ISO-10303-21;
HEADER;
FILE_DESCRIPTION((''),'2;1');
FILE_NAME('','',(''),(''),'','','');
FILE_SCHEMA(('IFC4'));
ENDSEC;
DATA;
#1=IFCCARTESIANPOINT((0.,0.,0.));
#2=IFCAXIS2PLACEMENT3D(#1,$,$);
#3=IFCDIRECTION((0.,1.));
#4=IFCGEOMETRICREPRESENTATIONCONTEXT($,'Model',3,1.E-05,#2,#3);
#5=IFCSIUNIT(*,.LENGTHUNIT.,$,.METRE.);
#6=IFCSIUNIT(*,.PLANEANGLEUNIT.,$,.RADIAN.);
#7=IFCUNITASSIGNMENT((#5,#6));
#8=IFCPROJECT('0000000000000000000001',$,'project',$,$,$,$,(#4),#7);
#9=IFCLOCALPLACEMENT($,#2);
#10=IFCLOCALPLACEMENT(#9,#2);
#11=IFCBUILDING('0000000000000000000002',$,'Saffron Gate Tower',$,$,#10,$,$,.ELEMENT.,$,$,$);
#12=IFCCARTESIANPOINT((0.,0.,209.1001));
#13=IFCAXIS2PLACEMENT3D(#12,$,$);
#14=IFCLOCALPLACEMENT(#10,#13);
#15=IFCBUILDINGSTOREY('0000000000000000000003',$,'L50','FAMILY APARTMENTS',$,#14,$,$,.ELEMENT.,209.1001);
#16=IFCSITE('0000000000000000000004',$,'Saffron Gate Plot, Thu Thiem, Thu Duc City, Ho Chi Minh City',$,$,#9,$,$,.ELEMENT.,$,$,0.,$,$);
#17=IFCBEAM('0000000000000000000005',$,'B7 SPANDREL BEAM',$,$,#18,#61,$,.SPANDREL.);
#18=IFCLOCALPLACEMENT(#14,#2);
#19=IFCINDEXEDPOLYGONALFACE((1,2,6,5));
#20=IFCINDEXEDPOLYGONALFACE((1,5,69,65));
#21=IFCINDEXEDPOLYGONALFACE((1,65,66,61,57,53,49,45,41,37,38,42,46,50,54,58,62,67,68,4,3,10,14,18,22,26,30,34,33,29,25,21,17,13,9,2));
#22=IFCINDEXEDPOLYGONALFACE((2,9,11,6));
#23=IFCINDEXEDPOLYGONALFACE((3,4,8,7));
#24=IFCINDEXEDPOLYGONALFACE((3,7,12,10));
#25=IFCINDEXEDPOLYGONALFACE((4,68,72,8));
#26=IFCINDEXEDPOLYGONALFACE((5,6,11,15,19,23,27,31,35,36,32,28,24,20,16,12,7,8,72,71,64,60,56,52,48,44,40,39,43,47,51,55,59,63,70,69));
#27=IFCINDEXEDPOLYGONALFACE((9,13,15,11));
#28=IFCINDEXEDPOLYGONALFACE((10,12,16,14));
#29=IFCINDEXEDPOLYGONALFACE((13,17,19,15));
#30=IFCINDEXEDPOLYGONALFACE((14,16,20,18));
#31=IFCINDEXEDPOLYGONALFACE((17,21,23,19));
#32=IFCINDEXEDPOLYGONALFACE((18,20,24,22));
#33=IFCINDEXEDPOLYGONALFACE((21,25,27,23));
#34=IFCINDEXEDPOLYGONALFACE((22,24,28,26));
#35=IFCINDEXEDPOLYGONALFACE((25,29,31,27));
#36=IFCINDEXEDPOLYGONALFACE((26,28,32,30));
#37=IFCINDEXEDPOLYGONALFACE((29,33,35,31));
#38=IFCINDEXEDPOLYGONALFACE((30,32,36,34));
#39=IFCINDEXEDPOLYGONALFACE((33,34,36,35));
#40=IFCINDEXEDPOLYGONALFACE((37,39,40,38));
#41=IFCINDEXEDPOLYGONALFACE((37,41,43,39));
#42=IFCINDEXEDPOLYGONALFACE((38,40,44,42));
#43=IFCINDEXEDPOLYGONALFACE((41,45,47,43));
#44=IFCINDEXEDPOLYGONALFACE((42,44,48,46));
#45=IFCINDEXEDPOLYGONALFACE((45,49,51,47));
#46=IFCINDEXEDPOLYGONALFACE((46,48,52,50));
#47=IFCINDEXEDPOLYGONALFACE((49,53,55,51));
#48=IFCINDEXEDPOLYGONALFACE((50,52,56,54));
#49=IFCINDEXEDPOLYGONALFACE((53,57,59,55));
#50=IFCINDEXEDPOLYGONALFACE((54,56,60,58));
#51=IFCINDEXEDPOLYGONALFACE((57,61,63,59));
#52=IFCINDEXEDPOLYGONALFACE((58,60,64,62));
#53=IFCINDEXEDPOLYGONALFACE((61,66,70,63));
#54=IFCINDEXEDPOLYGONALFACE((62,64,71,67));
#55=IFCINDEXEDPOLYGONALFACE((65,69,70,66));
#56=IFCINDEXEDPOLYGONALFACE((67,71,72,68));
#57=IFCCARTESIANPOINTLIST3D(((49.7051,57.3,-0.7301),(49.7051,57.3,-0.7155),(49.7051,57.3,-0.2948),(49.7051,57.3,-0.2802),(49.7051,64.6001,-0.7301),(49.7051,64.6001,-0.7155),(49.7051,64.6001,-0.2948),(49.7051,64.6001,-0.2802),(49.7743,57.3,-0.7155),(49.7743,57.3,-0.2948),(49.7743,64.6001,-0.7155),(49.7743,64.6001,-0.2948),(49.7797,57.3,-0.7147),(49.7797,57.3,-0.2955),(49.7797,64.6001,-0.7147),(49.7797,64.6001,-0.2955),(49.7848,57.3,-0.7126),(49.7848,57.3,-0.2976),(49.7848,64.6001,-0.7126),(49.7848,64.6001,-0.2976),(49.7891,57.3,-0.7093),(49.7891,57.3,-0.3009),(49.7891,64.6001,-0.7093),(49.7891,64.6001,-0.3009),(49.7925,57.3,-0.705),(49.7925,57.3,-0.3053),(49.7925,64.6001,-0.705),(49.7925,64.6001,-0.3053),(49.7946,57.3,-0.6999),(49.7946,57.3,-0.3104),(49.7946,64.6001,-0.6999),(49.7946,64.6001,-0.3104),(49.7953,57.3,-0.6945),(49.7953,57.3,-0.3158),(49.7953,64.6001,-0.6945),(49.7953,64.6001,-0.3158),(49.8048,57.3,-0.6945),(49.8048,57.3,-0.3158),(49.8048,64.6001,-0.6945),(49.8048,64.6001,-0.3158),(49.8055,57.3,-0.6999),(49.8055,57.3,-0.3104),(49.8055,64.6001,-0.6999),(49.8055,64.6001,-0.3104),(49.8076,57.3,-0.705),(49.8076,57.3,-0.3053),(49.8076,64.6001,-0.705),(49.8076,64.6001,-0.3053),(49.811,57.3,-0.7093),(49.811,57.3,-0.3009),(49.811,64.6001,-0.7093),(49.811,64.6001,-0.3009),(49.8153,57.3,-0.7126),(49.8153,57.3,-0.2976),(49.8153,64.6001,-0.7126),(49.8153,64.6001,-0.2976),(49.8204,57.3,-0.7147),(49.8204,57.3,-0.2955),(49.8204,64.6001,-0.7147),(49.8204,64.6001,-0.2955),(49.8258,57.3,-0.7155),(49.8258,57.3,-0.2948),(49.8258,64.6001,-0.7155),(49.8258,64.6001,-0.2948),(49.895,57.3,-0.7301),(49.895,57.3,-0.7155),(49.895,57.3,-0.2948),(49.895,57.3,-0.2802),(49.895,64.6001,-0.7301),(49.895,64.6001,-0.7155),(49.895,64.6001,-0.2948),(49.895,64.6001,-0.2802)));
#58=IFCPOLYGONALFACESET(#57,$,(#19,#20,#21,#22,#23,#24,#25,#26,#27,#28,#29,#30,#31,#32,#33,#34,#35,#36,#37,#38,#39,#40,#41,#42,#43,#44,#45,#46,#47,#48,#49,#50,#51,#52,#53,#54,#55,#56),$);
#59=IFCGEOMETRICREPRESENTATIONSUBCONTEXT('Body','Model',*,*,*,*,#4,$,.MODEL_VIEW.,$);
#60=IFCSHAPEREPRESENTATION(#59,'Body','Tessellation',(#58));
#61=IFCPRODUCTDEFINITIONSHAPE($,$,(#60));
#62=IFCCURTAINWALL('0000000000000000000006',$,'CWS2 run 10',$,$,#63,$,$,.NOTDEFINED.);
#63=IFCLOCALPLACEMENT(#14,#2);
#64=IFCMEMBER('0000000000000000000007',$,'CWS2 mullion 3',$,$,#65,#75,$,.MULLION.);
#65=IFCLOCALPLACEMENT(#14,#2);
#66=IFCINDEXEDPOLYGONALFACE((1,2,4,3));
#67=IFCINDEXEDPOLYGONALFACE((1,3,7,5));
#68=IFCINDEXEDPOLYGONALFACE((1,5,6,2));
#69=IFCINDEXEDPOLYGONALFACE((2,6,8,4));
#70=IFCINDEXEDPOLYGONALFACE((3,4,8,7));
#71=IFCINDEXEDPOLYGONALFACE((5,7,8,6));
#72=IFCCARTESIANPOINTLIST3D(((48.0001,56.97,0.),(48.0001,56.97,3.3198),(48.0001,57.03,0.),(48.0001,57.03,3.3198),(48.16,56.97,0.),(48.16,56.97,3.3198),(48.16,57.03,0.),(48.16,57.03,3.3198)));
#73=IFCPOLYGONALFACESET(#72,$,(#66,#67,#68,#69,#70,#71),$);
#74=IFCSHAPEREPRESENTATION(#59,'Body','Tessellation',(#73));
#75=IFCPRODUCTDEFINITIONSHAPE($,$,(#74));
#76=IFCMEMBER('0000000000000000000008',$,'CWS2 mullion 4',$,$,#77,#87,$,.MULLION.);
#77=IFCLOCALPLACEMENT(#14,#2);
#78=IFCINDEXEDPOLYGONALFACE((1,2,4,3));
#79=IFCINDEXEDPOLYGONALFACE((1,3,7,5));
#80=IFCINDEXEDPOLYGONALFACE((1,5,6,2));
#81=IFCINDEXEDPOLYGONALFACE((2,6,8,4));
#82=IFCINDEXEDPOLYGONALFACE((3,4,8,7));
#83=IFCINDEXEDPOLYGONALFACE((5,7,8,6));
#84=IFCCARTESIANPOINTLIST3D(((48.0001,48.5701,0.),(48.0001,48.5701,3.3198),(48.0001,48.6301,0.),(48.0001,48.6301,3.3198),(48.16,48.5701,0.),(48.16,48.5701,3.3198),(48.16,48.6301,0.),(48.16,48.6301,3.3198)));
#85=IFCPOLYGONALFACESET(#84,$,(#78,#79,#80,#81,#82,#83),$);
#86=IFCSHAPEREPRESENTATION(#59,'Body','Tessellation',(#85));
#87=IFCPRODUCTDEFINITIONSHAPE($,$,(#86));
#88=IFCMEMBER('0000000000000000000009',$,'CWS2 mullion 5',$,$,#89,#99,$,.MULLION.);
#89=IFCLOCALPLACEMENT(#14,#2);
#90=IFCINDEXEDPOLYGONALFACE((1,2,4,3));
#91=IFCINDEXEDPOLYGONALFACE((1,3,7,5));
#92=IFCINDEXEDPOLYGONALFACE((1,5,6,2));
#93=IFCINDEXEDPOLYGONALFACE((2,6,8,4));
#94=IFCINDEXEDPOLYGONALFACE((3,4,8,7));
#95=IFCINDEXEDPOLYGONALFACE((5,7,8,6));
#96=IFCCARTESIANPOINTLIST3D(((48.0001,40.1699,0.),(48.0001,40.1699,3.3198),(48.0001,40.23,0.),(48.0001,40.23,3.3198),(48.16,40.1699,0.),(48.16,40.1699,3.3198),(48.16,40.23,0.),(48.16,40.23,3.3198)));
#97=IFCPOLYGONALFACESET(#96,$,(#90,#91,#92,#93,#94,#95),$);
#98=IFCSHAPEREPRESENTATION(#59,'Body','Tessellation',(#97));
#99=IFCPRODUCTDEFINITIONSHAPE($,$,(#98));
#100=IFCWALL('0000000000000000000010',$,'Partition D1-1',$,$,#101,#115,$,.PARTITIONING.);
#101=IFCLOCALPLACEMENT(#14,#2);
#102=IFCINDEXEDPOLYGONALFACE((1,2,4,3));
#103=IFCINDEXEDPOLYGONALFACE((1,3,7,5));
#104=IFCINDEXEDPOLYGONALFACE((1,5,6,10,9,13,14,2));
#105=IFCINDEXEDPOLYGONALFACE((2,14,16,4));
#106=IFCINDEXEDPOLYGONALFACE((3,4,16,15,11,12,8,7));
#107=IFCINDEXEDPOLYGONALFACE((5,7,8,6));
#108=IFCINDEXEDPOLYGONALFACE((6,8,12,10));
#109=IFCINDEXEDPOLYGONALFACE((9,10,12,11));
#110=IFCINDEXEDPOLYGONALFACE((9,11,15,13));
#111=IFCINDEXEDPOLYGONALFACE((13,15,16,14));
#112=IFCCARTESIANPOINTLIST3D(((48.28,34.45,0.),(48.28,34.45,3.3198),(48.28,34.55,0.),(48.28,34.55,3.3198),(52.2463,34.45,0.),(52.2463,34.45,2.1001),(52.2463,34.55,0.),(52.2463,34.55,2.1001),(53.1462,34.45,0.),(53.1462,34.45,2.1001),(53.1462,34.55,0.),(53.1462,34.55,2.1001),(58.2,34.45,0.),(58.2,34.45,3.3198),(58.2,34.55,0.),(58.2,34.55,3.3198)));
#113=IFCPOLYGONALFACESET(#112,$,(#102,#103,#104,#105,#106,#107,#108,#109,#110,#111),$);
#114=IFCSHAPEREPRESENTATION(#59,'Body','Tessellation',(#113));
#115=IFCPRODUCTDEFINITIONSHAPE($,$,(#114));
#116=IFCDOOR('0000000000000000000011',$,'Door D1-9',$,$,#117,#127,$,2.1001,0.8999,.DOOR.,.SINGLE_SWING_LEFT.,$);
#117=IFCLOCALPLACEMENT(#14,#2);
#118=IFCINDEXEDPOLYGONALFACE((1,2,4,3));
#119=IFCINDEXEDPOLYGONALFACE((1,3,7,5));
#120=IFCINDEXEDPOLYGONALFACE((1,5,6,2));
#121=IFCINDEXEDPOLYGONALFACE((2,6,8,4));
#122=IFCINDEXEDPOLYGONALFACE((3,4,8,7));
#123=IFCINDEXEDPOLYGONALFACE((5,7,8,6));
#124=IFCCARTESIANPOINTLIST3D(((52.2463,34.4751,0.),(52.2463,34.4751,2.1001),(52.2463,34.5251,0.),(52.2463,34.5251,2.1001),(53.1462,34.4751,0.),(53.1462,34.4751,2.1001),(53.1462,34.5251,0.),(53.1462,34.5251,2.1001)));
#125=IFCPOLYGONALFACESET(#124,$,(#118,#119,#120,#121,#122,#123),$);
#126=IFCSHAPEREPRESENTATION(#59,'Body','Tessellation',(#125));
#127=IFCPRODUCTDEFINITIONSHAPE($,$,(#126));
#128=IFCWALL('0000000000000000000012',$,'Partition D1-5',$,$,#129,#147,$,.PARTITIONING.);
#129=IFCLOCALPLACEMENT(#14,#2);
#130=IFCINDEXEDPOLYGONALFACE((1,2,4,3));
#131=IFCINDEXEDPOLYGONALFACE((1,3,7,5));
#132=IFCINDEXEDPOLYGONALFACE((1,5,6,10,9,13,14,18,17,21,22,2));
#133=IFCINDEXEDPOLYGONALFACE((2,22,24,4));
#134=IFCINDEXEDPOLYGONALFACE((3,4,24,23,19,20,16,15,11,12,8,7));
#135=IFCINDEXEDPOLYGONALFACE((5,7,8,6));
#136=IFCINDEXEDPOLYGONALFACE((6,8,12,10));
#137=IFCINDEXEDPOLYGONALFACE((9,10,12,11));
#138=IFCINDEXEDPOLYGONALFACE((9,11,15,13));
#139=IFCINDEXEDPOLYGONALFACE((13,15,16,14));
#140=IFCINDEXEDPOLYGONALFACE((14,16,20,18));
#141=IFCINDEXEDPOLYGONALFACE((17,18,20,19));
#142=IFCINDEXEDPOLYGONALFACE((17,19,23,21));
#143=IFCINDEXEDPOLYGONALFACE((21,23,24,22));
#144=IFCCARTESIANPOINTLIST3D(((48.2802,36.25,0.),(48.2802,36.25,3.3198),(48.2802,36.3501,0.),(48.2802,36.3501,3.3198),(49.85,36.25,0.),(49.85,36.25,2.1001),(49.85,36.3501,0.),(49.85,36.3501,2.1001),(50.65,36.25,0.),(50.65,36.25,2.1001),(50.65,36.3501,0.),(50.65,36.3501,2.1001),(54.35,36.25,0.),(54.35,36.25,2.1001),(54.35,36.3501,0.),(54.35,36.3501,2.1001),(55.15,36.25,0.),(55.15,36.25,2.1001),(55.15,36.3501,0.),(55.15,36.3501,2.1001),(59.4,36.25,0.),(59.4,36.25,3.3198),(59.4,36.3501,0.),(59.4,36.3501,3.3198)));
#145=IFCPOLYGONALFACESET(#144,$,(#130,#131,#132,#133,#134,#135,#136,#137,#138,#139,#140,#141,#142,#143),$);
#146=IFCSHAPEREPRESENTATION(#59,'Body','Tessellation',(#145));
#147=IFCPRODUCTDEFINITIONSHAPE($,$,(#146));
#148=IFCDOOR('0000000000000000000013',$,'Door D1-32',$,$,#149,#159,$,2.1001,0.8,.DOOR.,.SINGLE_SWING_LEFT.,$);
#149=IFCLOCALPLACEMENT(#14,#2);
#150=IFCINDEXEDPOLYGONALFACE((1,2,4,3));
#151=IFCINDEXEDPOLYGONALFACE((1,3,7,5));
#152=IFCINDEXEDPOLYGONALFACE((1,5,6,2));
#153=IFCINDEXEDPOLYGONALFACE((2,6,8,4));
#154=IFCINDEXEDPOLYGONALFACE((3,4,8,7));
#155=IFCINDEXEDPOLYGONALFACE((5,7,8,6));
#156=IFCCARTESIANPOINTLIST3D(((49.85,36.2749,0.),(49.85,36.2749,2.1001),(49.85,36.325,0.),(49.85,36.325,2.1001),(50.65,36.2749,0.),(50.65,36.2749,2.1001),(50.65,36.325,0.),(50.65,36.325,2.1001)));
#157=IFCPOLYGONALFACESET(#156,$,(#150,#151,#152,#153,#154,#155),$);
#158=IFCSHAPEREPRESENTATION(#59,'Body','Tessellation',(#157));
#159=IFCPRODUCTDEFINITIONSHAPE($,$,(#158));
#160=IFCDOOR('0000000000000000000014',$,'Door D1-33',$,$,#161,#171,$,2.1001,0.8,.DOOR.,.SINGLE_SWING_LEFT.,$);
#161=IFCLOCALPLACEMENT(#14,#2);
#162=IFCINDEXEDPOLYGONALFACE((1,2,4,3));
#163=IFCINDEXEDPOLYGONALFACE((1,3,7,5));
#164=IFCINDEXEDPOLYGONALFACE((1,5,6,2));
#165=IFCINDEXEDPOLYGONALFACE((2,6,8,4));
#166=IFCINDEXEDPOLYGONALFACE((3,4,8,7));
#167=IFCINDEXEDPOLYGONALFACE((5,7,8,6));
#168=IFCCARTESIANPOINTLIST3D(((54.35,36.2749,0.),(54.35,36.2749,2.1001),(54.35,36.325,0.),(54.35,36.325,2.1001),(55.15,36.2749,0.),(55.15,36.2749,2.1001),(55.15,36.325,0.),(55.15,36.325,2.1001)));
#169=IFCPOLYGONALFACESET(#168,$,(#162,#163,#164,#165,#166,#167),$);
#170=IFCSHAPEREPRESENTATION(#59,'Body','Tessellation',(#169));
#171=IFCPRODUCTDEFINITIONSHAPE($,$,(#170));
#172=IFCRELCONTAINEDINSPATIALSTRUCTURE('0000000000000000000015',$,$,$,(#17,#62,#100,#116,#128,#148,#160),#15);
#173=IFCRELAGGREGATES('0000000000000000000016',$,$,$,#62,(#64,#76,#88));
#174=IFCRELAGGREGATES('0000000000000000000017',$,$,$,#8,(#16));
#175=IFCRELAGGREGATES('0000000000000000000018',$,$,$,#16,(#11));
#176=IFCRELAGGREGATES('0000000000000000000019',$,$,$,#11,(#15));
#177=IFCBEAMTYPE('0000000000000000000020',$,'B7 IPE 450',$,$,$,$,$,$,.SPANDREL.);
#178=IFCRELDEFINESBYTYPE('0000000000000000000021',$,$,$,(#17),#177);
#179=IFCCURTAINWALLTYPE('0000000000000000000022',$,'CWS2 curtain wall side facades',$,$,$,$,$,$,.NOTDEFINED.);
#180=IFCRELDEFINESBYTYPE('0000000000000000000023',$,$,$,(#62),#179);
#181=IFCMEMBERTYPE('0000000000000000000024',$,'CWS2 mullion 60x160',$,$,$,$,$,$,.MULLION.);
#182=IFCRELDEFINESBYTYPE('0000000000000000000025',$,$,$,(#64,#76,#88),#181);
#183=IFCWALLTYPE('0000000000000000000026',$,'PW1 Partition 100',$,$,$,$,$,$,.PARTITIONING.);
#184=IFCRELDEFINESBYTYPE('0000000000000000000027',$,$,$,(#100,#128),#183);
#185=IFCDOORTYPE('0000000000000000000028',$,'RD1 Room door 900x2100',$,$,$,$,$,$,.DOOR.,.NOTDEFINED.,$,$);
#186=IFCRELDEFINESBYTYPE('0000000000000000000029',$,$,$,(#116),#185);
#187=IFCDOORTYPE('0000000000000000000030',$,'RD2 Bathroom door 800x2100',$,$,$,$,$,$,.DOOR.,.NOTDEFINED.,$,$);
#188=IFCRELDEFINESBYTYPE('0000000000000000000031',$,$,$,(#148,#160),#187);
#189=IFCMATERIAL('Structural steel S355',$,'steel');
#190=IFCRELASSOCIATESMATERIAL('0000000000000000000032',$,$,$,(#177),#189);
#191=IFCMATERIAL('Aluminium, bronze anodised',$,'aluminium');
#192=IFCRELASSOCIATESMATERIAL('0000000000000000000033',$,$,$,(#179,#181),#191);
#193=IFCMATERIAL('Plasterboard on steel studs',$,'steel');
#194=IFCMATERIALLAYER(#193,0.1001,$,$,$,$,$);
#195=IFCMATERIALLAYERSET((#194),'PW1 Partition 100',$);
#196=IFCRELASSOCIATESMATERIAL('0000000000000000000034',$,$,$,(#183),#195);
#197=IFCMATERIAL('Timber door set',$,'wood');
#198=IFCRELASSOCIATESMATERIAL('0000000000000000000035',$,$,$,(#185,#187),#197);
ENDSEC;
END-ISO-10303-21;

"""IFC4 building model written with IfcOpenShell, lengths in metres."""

from ifc_helpers import new_model, si_unit, direction, frame, frame_2d, origin, origin_2d, place, context, subcontext, project, spatial, rectangle, i_section, extrude, material, layer, layer_set, material_profile, profile_set, type_object, element, fill, aggregate, save


model = new_model("IFC4")

# Units and contexts
model_context = context("Model", 3, precision=1e-05, world=origin(), true_north=direction((0.0, 1.0)))
body_context = subcontext(model_context, "Body", "Model", "MODEL_VIEW")
ifc_project = project(units=[si_unit("LENGTHUNIT", "METRE"), si_unit("PLANEANGLEUNIT", "RADIAN")], contexts=[model_context])

# Site, building, storey
site_placement = place(None, origin())
site = spatial("IfcSite", under=ifc_project, at=site_placement, Name="Saffron Gate Plot, Thu Thiem, Thu Duc City, Ho Chi Minh City", CompositionType="ELEMENT", RefElevation=0.0)
building_placement = place(site_placement, origin())
building = spatial("IfcBuilding", under=site, at=building_placement, Name="Saffron Gate Tower", CompositionType="ELEMENT")
storey_placement = place(building_placement, frame((0.0, 0.0, 209.1001)))
storey = spatial("IfcBuildingStorey", under=building, at=storey_placement, Name="L50", Description="FAMILY APARTMENTS", CompositionType="ELEMENT", Elevation=209.1001)

# Beam
ifc_material_1 = material(Name="Structural steel S355", Category="steel")
ifc_material_profile_1 = material_profile(ifc_material_1, i_section(OverallWidth=0.1899, OverallDepth=0.45, WebThickness=0.0095, FlangeThickness=0.0146, FilletRadius=0.021, at=origin_2d()))
ifc_profile_set_1 = profile_set([ifc_material_profile_1], Name="Structural steel S355")
beam_type = type_object("IfcBeamType", Name="B7 IPE 450", PredefinedType="SPANDREL", material=ifc_profile_set_1)
beam_1_placement = place(storey_placement, frame((49.8, 57.3, -0.5051), z_axis=(0.0, 1.0, 0.0), x_axis=(-1.0, 0.0, 0.0)))
element("IfcBeam", 1, at=beam_1_placement, inside=storey, type_object=beam_type, Name="B7 SPANDREL BEAM", PredefinedType="SPANDREL", context=body_context, shape_type="SweptSolid", body=[
    extrude(i_section(OverallWidth=0.1899, OverallDepth=0.45, WebThickness=0.0095, FlangeThickness=0.0146, FilletRadius=0.021, at=origin_2d()), origin(), (0.0, 0.0, 1.0), 7.3),
])

# Curtain wall, members
ifc_material_2 = material(Name="Aluminium, bronze anodised", Category="aluminium")
curtain_wall_type = type_object("IfcCurtainWallType", Name="CWS2 curtain wall side facades", PredefinedType="NOTDEFINED", material=ifc_material_2)
curtain_wall_placement = place(storey_placement, origin())
curtain_wall = element("IfcCurtainWall", 2, at=curtain_wall_placement, inside=storey, type_object=curtain_wall_type, Name="CWS2 run 10", PredefinedType="NOTDEFINED")
ifc_material_profile_2 = material_profile(ifc_material_2, rectangle(XDim=0.1599, YDim=0.0601, at=origin_2d()))
ifc_profile_set_2 = profile_set([ifc_material_profile_2], Name="Aluminium, bronze anodised")
member_type = type_object("IfcMemberType", Name="CWS2 mullion 60x160", PredefinedType="MULLION", material=ifc_profile_set_2)
member_1_placement = place(storey_placement, frame((48.0801, 57.0, 0.0), z_axis=(0.0, 0.0, 1.0), x_axis=(1.0, 0.0, 0.0)))
member_1 = element("IfcMember", 3, at=member_1_placement, type_object=member_type, Name="CWS2 mullion 3", PredefinedType="MULLION", context=body_context, shape_type="SweptSolid", body=[
    extrude(rectangle(XDim=0.1599, YDim=0.0601, at=origin_2d()), origin(), (0.0, 0.0, 1.0), 3.3198),
])
member_2_placement = place(storey_placement, frame((48.0801, 48.6001, 0.0), z_axis=(0.0, 0.0, 1.0), x_axis=(1.0, 0.0, 0.0)))
member_2 = element("IfcMember", 4, at=member_2_placement, type_object=member_type, Name="CWS2 mullion 4", PredefinedType="MULLION", context=body_context, shape_type="SweptSolid", body=[
    extrude(rectangle(XDim=0.1599, YDim=0.0601, at=origin_2d()), origin(), (0.0, 0.0, 1.0), 3.3198),
])
member_3_placement = place(storey_placement, frame((48.0801, 40.2, 0.0), z_axis=(0.0, 0.0, 1.0), x_axis=(1.0, 0.0, 0.0)))
member_3 = element("IfcMember", 5, at=member_3_placement, type_object=member_type, Name="CWS2 mullion 5", PredefinedType="MULLION", context=body_context, shape_type="SweptSolid", body=[
    extrude(rectangle(XDim=0.1599, YDim=0.0601, at=origin_2d()), origin(), (0.0, 0.0, 1.0), 3.3198),
])
aggregate(curtain_wall, [member_1, member_2, member_3])

# Wall, opening, door
ifc_material_3 = material(Name="Plasterboard on steel studs", Category="steel")
ifc_layer_1 = layer(ifc_material_3, 0.1001)
ifc_layer_set_1 = layer_set([ifc_layer_1], Name="PW1 Partition 100")
wall_type_1 = type_object("IfcWallType", Name="PW1 Partition 100", PredefinedType="PARTITIONING", material=ifc_layer_set_1)
wall_1_placement = place(storey_placement, frame((58.2, 34.5, 0.0), z_axis=(0.0, 0.0, 1.0), x_axis=(-1.0, 0.0, 0.0)))
wall_1 = element("IfcWall", 6, at=wall_1_placement, inside=storey, type_object=wall_type_1, Name="Partition D1-1", PredefinedType="PARTITIONING", context=body_context, shape_type="SweptSolid", body=[
    extrude(rectangle(XDim=9.9199, YDim=0.1001, at=frame_2d((4.96, 0.0))), origin(), (0.0, 0.0, 1.0), 3.3198),
])
opening_1_placement = place(wall_1_placement, frame((5.0537, 0.0, 0.0)))
opening_1 = element("IfcOpeningElement", 7, at=opening_1_placement, cuts=wall_1, PredefinedType="OPENING", context=body_context, shape_type="SweptSolid", body=[
    extrude(rectangle(XDim=0.8999, YDim=2.1001, at=frame_2d((0.45, 1.05))), frame((0.0, 0.0601, 0.0), z_axis=(0.0, -1.0, 0.0), x_axis=(1.0, 0.0, 0.0)), (0.0, 0.0, 1.0), 0.1201),
])
ifc_material_4 = material(Name="Timber door set", Category="wood")
door_type_1 = type_object("IfcDoorType", Name="RD1 Room door 900x2100", OperationType="NOTDEFINED", PredefinedType="DOOR", material=ifc_material_4)
door_1_placement = place(opening_1_placement, origin())
door_1 = element("IfcDoor", 8, at=door_1_placement, inside=storey, type_object=door_type_1, Name="Door D1-9", OperationType="SINGLE_SWING_LEFT", OverallHeight=2.1001, OverallWidth=0.8999, PredefinedType="DOOR", context=body_context, shape_type="SweptSolid", body=[
    extrude(rectangle(XDim=0.8999, YDim=2.1001, at=frame_2d((0.45, 1.05))), frame((0.0, 0.0249, 0.0), z_axis=(0.0, -1.0, 0.0), x_axis=(1.0, 0.0, 0.0)), (0.0, 0.0, 1.0), 0.05),
])
fill(opening_1, door_1)

# Wall, openings, doors
wall_2_placement = place(storey_placement, frame((48.28, 36.3, 0.0), z_axis=(0.0, 0.0, 1.0), x_axis=(1.0, 0.0, 0.0)))
wall_2 = element("IfcWall", 9, at=wall_2_placement, inside=storey, type_object=wall_type_1, Name="Partition D1-5", PredefinedType="PARTITIONING", context=body_context, shape_type="SweptSolid", body=[
    extrude(rectangle(XDim=11.1199, YDim=0.1001, at=frame_2d((5.5601, 0.0))), origin(), (0.0, 0.0, 1.0), 3.3198),
])
opening_2_placement = place(wall_2_placement, frame((1.5701, 0.0, 0.0)))
opening_2 = element("IfcOpeningElement", 10, at=opening_2_placement, cuts=wall_2, PredefinedType="OPENING", context=body_context, shape_type="SweptSolid", body=[
    extrude(rectangle(XDim=0.8, YDim=2.1001, at=frame_2d((0.3999, 1.05))), frame((0.0, 0.0601, 0.0), z_axis=(0.0, -1.0, 0.0), x_axis=(1.0, 0.0, 0.0)), (0.0, 0.0, 1.0), 0.1201),
])
opening_3_placement = place(wall_2_placement, frame((6.0701, 0.0, 0.0)))
opening_3 = element("IfcOpeningElement", 11, at=opening_3_placement, cuts=wall_2, PredefinedType="OPENING", context=body_context, shape_type="SweptSolid", body=[
    extrude(rectangle(XDim=0.8, YDim=2.1001, at=frame_2d((0.3999, 1.05))), frame((0.0, 0.0601, 0.0), z_axis=(0.0, -1.0, 0.0), x_axis=(1.0, 0.0, 0.0)), (0.0, 0.0, 1.0), 0.1201),
])
door_type_2 = type_object("IfcDoorType", Name="RD2 Bathroom door 800x2100", OperationType="NOTDEFINED", PredefinedType="DOOR", material=ifc_material_4)
door_2_placement = place(opening_2_placement, origin())
door_2 = element("IfcDoor", 12, at=door_2_placement, inside=storey, type_object=door_type_2, Name="Door D1-32", OperationType="SINGLE_SWING_LEFT", OverallHeight=2.1001, OverallWidth=0.8, PredefinedType="DOOR", context=body_context, shape_type="SweptSolid", body=[
    extrude(rectangle(XDim=0.8, YDim=2.1001, at=frame_2d((0.3999, 1.05))), frame((0.0, 0.0249, 0.0), z_axis=(0.0, -1.0, 0.0), x_axis=(1.0, 0.0, 0.0)), (0.0, 0.0, 1.0), 0.05),
])
fill(opening_2, door_2)
door_3_placement = place(opening_3_placement, origin())
door_3 = element("IfcDoor", 13, at=door_3_placement, inside=storey, type_object=door_type_2, Name="Door D1-33", OperationType="SINGLE_SWING_LEFT", OverallHeight=2.1001, OverallWidth=0.8, PredefinedType="DOOR", context=body_context, shape_type="SweptSolid", body=[
    extrude(rectangle(XDim=0.8, YDim=2.1001, at=frame_2d((0.3999, 1.05))), frame((0.0, 0.0249, 0.0), z_axis=(0.0, -1.0, 0.0), x_axis=(1.0, 0.0, 0.0)), (0.0, 0.0, 1.0), 0.05),
])
fill(opening_3, door_3)

save(model, "model.ifc")
